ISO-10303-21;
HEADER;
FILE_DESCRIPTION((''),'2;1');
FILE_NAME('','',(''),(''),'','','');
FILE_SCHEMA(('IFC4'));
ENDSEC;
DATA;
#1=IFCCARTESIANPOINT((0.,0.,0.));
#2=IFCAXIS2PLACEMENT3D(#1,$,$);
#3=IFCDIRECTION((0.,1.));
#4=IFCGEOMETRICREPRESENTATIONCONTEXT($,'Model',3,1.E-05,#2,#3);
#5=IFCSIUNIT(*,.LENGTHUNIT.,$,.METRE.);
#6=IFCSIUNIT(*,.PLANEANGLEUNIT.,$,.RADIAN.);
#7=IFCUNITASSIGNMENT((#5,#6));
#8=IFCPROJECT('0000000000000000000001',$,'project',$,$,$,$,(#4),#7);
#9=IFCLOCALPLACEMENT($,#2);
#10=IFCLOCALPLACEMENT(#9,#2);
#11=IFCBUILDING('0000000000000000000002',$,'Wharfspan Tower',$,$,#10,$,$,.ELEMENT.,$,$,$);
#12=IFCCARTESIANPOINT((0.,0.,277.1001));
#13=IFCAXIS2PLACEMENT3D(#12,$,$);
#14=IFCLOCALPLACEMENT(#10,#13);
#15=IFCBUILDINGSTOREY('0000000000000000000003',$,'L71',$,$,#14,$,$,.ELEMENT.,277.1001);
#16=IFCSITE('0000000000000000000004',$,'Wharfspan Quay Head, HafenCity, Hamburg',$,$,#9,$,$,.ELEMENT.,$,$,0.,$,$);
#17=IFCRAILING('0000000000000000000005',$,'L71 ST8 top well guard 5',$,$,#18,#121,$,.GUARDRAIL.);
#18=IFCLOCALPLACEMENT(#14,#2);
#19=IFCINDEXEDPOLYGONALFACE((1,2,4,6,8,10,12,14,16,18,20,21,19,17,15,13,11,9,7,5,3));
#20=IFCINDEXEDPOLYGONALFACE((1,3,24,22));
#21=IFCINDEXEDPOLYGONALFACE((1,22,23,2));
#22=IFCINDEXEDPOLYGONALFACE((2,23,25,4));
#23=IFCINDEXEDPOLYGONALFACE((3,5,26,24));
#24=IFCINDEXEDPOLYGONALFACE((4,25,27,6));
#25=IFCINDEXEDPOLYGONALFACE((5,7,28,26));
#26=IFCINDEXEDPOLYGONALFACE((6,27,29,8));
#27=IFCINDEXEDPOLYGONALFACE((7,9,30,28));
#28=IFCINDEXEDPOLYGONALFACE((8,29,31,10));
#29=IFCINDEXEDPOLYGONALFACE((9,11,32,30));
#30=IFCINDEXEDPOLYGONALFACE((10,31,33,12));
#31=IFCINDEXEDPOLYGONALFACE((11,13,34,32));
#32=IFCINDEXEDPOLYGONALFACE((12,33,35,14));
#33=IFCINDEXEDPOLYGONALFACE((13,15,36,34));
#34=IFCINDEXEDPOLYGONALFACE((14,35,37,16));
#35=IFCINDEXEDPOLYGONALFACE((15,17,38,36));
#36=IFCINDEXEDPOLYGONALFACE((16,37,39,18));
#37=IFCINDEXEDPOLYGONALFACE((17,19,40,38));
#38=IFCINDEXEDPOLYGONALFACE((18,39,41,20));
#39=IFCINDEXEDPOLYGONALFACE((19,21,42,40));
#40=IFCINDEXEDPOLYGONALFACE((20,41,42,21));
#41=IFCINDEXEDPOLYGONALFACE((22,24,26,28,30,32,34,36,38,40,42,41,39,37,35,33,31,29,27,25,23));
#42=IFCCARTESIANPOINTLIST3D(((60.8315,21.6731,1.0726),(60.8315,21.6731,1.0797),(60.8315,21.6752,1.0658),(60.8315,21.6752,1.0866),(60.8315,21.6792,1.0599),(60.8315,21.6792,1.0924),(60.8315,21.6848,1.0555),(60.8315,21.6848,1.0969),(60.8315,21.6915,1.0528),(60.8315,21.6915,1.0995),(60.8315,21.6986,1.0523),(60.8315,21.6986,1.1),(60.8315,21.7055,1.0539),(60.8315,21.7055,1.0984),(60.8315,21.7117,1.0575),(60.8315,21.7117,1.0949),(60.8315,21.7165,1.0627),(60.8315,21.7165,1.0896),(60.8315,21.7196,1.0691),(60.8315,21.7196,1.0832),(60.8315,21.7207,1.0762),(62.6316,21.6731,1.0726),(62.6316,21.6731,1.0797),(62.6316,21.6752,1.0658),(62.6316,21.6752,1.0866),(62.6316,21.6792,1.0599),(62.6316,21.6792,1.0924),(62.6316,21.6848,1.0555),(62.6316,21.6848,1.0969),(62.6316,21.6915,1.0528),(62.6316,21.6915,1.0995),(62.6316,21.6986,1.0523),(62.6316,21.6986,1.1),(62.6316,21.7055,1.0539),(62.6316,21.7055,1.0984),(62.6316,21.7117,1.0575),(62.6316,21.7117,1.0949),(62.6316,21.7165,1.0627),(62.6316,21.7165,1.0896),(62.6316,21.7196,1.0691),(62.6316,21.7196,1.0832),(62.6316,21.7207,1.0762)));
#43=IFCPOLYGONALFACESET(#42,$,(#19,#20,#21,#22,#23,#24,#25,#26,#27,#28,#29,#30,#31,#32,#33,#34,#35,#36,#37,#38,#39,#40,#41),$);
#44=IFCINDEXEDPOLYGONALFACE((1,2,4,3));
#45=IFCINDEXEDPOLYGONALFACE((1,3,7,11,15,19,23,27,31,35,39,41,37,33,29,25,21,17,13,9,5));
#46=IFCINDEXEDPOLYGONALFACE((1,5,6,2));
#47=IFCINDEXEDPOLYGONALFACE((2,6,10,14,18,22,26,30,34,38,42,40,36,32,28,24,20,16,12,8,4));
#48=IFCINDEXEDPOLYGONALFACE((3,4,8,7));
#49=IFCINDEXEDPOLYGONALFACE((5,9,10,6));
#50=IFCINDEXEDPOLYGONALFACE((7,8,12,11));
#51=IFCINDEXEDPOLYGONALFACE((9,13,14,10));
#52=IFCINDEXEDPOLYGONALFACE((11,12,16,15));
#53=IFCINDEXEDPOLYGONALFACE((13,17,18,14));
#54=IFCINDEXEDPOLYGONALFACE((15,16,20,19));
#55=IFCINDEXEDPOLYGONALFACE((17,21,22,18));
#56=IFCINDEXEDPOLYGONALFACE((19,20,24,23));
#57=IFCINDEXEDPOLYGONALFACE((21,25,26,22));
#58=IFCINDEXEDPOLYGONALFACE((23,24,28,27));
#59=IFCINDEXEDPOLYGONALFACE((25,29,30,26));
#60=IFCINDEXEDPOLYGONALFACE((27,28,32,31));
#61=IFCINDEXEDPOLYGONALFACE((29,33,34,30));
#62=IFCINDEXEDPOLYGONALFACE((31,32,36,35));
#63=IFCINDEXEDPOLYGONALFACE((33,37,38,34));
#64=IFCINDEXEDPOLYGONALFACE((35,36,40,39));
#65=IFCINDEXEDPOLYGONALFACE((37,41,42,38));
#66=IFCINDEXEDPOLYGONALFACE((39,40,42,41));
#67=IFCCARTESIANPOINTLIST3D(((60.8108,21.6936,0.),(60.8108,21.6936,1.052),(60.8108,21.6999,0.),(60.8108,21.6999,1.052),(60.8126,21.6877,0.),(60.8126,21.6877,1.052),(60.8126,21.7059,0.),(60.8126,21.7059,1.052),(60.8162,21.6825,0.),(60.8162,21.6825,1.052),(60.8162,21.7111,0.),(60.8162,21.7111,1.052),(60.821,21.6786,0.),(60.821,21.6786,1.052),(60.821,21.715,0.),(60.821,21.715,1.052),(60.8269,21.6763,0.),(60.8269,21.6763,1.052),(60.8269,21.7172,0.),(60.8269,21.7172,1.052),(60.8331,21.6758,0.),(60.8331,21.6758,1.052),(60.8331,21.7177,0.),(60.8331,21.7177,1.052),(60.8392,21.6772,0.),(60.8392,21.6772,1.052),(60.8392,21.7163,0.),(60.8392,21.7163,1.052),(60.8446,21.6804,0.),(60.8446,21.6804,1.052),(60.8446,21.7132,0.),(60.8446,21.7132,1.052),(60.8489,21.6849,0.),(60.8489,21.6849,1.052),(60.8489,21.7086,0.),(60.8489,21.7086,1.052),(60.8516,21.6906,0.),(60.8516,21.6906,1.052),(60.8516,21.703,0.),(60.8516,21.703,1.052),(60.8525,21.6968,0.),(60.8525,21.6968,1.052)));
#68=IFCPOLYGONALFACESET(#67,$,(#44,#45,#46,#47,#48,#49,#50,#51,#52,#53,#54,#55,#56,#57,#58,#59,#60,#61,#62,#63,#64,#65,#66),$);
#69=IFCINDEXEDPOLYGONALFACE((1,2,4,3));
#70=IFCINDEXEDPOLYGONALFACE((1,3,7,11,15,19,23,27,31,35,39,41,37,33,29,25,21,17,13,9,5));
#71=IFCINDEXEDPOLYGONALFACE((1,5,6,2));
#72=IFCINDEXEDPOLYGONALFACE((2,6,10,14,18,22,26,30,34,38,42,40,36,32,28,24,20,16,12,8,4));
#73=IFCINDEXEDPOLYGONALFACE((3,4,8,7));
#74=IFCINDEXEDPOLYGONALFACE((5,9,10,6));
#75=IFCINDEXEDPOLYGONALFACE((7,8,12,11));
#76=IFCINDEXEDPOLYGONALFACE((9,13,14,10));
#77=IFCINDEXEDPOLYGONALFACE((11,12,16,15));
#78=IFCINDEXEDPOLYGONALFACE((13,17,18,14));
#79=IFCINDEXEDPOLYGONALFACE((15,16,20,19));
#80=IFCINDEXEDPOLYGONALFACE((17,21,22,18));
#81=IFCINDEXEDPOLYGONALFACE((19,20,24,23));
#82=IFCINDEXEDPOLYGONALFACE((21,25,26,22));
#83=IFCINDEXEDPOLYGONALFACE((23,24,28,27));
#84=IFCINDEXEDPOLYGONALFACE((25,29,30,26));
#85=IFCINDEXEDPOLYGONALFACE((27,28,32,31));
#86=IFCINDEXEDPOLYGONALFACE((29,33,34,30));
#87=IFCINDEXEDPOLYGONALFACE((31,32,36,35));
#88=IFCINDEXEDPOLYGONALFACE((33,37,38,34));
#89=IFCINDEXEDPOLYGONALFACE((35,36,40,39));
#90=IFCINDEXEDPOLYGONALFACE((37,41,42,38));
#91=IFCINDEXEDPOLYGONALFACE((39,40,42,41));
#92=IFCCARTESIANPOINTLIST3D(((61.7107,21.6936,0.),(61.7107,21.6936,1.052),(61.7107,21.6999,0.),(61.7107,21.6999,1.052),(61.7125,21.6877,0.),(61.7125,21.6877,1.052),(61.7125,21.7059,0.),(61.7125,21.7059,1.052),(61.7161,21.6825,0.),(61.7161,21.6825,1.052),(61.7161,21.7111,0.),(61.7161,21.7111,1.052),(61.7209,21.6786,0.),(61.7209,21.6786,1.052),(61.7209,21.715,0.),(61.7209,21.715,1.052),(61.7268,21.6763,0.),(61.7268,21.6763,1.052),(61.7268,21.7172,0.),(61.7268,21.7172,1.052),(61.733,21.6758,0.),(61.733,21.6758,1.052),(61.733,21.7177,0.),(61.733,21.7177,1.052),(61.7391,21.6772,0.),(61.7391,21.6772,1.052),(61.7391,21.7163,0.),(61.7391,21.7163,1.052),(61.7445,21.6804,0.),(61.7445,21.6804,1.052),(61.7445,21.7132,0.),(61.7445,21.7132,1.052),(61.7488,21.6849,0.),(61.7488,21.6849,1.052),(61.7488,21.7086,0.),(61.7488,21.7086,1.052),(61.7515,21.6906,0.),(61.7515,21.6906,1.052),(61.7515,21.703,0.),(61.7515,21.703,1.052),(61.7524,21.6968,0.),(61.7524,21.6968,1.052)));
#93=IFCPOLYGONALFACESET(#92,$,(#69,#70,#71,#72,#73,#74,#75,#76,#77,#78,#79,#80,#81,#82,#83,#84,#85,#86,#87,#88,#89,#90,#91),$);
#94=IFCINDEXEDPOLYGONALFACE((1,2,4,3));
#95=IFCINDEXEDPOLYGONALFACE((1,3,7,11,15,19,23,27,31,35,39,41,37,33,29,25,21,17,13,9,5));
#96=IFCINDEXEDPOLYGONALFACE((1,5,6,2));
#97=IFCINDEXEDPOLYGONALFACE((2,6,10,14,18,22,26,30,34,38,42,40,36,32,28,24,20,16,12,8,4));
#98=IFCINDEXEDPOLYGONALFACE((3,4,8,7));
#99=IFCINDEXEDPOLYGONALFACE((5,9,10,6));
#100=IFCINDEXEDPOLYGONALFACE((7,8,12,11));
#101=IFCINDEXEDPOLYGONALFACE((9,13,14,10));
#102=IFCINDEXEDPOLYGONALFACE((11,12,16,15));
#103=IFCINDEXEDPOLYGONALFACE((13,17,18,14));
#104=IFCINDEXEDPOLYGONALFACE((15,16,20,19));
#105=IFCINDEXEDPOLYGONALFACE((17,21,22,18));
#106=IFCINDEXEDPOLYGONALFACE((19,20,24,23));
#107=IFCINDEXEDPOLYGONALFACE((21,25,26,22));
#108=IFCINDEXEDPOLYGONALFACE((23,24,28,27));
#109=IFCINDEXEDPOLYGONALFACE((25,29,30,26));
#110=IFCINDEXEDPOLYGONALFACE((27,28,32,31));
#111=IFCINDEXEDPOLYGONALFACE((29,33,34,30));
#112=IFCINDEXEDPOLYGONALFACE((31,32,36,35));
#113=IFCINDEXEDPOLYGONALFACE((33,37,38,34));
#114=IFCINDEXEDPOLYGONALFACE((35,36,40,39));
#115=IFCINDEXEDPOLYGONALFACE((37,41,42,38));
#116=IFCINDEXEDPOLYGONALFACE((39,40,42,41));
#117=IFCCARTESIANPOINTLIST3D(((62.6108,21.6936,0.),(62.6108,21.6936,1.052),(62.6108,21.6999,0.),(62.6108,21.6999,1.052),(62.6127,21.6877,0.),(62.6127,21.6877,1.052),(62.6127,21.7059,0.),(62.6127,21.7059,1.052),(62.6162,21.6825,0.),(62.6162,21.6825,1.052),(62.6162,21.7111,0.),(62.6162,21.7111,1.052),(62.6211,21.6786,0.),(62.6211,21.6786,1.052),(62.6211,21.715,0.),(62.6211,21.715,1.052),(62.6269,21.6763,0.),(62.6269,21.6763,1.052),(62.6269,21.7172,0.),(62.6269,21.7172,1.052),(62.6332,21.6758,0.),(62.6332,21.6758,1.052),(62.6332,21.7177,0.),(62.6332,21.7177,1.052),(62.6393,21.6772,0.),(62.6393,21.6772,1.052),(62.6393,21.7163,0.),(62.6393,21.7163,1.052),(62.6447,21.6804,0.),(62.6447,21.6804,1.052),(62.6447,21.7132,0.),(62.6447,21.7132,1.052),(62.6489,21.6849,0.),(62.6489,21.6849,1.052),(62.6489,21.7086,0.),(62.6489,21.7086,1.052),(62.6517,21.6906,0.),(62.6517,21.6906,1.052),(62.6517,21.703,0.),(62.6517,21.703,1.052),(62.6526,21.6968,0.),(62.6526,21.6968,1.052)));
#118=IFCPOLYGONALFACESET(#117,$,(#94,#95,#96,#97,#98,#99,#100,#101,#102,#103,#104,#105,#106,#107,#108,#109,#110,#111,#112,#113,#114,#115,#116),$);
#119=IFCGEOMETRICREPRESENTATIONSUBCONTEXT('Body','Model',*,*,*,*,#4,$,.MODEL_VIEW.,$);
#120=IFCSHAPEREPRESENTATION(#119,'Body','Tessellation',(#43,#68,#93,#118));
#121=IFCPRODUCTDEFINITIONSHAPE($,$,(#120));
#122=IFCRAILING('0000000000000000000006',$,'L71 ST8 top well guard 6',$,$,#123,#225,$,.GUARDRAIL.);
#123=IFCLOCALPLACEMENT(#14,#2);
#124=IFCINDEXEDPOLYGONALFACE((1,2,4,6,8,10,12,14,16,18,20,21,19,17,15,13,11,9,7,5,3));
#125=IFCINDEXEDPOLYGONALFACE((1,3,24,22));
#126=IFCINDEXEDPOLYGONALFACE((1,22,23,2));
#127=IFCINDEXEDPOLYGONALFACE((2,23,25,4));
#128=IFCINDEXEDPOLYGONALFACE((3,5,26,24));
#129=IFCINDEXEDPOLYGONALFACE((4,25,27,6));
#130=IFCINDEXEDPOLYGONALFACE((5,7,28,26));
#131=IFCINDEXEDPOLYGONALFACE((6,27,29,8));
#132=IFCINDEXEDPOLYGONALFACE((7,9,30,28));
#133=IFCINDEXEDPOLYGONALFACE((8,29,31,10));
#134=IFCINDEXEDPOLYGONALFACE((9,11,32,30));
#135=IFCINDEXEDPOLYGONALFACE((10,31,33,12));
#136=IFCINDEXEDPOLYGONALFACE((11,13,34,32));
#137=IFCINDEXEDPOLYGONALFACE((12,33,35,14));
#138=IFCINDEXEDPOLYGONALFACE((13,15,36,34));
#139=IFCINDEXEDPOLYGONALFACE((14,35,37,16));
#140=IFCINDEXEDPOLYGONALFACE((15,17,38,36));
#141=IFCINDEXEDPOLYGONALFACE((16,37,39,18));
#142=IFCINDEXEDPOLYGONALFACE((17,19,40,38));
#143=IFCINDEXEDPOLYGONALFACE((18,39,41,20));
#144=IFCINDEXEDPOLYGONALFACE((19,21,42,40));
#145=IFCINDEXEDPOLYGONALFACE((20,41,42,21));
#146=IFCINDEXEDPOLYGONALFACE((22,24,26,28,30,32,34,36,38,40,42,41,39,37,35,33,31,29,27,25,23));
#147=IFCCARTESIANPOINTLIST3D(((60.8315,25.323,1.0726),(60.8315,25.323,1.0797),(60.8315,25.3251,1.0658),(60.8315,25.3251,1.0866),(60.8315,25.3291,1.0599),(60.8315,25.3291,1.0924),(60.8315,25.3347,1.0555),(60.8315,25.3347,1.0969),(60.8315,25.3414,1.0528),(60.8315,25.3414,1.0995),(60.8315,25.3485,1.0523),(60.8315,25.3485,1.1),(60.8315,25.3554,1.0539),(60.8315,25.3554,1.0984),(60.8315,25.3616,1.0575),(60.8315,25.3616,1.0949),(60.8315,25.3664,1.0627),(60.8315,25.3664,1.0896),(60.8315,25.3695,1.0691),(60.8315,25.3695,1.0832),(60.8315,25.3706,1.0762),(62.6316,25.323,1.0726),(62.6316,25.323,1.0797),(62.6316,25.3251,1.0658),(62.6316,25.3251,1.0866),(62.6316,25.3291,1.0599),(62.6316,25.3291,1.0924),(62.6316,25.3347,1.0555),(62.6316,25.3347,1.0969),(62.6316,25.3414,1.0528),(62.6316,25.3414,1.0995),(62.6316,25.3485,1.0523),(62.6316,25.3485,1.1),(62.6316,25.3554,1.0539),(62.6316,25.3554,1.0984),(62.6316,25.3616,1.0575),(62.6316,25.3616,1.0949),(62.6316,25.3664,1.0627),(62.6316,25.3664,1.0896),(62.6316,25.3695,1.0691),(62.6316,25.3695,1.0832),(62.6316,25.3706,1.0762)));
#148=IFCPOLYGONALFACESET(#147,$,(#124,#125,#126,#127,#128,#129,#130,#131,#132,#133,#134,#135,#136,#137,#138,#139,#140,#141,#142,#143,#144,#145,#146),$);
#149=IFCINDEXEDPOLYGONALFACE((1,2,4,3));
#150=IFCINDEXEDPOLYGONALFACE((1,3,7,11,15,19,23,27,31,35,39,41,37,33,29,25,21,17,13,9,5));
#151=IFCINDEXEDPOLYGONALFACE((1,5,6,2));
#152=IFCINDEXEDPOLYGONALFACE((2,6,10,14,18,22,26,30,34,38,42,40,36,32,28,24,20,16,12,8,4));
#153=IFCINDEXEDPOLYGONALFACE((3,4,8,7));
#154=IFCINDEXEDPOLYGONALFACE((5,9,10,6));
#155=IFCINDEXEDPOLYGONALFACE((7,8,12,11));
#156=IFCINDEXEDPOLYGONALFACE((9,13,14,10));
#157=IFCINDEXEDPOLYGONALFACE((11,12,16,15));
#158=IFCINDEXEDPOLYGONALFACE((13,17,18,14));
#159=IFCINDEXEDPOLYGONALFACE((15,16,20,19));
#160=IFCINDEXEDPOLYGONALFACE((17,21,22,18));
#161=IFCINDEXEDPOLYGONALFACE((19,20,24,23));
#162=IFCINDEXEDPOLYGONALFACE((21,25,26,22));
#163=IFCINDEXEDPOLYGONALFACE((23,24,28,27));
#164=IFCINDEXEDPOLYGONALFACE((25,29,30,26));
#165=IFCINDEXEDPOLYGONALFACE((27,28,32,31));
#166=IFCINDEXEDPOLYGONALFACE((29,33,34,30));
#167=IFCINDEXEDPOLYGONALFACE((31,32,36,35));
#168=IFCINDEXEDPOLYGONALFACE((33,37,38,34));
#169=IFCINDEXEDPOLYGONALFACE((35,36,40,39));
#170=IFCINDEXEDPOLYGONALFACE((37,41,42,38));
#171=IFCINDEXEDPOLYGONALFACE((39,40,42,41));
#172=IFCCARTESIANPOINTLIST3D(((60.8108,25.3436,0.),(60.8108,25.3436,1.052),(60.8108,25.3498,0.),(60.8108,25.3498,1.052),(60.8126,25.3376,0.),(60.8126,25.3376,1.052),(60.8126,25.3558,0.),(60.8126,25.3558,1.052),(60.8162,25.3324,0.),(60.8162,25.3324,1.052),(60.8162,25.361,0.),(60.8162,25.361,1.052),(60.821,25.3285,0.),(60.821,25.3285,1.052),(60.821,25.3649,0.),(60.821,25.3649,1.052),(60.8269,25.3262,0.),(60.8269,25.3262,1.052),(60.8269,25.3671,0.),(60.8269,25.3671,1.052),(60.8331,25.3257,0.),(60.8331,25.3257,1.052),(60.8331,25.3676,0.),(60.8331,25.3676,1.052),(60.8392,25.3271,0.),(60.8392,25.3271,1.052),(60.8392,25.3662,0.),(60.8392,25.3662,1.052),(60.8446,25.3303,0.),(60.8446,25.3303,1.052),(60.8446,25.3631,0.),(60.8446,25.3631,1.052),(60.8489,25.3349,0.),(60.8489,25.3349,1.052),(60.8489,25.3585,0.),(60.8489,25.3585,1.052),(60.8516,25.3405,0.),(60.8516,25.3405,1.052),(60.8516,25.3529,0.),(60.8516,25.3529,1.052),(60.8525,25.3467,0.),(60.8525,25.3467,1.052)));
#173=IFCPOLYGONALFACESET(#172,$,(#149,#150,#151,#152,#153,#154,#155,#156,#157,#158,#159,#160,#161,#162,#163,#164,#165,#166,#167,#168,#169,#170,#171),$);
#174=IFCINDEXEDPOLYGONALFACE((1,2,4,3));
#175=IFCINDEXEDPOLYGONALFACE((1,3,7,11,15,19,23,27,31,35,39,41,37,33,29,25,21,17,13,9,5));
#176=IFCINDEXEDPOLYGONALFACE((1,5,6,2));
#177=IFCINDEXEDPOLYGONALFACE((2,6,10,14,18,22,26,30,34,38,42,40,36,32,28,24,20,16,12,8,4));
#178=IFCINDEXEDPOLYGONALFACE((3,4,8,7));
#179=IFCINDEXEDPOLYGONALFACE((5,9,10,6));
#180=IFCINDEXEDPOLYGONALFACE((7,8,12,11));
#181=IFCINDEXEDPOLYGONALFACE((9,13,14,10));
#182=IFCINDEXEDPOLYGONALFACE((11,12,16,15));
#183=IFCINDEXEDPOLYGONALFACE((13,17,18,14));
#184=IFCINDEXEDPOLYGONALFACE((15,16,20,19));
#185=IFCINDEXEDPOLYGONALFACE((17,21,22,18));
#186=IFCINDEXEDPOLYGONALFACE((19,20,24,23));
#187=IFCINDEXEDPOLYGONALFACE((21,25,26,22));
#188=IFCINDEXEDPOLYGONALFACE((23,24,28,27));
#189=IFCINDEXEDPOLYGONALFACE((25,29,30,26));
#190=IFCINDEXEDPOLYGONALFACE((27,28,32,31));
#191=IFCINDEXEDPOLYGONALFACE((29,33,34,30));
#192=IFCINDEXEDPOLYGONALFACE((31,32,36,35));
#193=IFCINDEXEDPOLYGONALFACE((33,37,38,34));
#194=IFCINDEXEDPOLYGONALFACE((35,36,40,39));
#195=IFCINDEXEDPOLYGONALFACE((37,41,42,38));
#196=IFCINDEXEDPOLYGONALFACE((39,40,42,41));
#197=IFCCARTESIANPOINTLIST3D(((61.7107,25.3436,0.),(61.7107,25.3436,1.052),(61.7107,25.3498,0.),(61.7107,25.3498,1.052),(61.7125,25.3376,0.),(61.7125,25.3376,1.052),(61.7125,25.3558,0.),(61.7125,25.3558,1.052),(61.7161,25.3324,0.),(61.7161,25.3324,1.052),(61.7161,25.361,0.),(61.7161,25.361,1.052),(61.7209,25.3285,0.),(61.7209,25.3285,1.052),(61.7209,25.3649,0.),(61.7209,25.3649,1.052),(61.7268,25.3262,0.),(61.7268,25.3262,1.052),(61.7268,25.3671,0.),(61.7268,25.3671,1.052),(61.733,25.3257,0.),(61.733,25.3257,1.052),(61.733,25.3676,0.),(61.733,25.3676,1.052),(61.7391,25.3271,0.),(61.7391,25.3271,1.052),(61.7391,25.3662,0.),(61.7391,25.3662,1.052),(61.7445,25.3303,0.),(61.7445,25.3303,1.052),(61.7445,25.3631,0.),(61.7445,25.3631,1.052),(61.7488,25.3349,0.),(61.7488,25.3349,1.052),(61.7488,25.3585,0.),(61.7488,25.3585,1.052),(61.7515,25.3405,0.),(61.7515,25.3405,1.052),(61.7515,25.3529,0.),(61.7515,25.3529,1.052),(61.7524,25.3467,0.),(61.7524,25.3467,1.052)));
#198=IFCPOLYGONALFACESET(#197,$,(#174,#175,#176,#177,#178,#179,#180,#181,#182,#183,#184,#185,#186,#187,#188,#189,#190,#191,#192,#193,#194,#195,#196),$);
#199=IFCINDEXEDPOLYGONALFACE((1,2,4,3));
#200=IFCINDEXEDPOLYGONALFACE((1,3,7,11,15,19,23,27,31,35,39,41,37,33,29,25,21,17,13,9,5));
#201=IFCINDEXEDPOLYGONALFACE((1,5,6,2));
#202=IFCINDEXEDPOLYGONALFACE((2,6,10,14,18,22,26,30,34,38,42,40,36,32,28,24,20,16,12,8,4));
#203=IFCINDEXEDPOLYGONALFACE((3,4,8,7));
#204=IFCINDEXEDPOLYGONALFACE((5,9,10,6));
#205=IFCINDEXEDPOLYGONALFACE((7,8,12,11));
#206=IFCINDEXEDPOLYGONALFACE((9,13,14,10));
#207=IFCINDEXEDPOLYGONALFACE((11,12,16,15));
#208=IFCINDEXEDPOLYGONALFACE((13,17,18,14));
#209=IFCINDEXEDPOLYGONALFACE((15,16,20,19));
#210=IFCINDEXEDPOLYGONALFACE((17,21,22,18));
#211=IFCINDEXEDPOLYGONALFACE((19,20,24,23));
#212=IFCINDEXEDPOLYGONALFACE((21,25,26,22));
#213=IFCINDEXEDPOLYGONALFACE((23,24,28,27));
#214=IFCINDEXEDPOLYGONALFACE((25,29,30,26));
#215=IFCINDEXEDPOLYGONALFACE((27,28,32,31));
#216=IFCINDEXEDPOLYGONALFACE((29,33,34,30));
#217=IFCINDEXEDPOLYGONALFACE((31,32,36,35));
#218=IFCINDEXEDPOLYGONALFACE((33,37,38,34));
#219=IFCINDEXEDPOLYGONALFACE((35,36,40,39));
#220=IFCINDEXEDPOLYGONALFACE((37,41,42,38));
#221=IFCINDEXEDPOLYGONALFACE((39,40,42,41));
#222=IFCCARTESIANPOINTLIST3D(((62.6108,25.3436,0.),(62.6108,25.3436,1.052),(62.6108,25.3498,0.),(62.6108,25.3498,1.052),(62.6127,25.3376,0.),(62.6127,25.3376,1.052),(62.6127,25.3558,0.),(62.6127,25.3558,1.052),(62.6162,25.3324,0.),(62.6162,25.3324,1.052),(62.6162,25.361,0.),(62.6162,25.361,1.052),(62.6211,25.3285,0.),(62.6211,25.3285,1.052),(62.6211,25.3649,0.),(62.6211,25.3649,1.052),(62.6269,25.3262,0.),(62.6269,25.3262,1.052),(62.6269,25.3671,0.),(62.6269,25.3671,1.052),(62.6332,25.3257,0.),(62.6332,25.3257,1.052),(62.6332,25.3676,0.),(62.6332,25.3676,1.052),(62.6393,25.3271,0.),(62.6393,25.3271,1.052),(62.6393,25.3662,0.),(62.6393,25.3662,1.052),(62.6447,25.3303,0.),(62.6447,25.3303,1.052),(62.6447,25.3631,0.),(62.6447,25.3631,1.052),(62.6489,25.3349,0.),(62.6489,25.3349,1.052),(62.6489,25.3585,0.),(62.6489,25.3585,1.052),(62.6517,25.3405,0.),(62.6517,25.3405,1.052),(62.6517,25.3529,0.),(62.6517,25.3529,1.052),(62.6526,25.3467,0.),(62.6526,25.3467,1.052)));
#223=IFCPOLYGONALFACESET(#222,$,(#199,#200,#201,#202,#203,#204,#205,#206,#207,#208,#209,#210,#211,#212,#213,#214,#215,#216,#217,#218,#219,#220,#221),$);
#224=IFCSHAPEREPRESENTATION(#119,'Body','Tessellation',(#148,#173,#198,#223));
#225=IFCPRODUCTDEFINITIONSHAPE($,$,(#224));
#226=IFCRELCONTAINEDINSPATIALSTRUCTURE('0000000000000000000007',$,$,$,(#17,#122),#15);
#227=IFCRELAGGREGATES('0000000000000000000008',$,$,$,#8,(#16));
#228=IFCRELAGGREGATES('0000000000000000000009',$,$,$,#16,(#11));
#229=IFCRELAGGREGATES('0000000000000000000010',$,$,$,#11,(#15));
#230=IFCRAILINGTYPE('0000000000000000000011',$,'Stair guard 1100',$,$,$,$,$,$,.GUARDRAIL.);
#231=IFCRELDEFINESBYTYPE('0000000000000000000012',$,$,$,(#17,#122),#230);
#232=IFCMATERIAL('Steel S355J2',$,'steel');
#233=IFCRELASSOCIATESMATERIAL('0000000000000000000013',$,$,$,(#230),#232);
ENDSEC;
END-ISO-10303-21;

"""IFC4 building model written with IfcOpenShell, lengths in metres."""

from ifc_helpers import new_model, si_unit, direction, frame, origin, origin_2d, place, context, subcontext, project, spatial, circle, extrude, material, type_object, element, save


model = new_model("IFC4")

# Units and contexts
model_context = context("Model", 3, precision=1e-05, world=origin(), true_north=direction((0.0, 1.0)))
body_context = subcontext(model_context, "Body", "Model", "MODEL_VIEW")
ifc_project = project(units=[si_unit("LENGTHUNIT", "METRE"), si_unit("PLANEANGLEUNIT", "RADIAN")], contexts=[model_context])

# Site, building, storey
site_placement = place(None, origin())
site = spatial("IfcSite", under=ifc_project, at=site_placement, Name="Wharfspan Quay Head, HafenCity, Hamburg", CompositionType="ELEMENT", RefElevation=0.0)
building_placement = place(site_placement, origin())
building = spatial("IfcBuilding", under=site, at=building_placement, Name="Wharfspan Tower", CompositionType="ELEMENT")
storey_placement = place(building_placement, frame((0.0, 0.0, 277.1001)))
storey = spatial("IfcBuildingStorey", under=building, at=storey_placement, Name="L71", CompositionType="ELEMENT", Elevation=277.1001)

# Shared definitions
ifc_material_1 = material(Name="Steel S355J2", Category="steel")

# Railings
railing_type = type_object("IfcRailingType", Name="Stair guard 1100", PredefinedType="GUARDRAIL", material=ifc_material_1)
for number, where, name in (
    (1, (60.8315, 21.6968, 0.0), "L71 ST8 top well guard 5"),
    (2, (60.8315, 25.3467, 0.0), "L71 ST8 top well guard 6"),
):
    element("IfcRailing", number, at=place(storey_placement, frame(where)), inside=storey, type_object=railing_type, Name=name, PredefinedType="GUARDRAIL", context=body_context, shape_type="SweptSolid", body=[
        extrude(circle(Radius=0.0239, at=origin_2d()), frame((0.0, 0.0, 1.0762), z_axis=(1.0, 0.0, 0.0), x_axis=(0.0, 1.0, 0.0)), (0.0, 0.0, 1.0), 1.8),
        extrude(circle(Radius=0.021, at=origin_2d()), origin(), (0.0, 0.0, 1.0), 1.052),
        extrude(circle(Radius=0.021, at=origin_2d()), frame((0.8999, 0.0, 0.0)), (0.0, 0.0, 1.0), 1.052),
        extrude(circle(Radius=0.021, at=origin_2d()), frame((1.8, 0.0, 0.0)), (0.0, 0.0, 1.0), 1.052),
    ])

save(model, "model.ifc")
